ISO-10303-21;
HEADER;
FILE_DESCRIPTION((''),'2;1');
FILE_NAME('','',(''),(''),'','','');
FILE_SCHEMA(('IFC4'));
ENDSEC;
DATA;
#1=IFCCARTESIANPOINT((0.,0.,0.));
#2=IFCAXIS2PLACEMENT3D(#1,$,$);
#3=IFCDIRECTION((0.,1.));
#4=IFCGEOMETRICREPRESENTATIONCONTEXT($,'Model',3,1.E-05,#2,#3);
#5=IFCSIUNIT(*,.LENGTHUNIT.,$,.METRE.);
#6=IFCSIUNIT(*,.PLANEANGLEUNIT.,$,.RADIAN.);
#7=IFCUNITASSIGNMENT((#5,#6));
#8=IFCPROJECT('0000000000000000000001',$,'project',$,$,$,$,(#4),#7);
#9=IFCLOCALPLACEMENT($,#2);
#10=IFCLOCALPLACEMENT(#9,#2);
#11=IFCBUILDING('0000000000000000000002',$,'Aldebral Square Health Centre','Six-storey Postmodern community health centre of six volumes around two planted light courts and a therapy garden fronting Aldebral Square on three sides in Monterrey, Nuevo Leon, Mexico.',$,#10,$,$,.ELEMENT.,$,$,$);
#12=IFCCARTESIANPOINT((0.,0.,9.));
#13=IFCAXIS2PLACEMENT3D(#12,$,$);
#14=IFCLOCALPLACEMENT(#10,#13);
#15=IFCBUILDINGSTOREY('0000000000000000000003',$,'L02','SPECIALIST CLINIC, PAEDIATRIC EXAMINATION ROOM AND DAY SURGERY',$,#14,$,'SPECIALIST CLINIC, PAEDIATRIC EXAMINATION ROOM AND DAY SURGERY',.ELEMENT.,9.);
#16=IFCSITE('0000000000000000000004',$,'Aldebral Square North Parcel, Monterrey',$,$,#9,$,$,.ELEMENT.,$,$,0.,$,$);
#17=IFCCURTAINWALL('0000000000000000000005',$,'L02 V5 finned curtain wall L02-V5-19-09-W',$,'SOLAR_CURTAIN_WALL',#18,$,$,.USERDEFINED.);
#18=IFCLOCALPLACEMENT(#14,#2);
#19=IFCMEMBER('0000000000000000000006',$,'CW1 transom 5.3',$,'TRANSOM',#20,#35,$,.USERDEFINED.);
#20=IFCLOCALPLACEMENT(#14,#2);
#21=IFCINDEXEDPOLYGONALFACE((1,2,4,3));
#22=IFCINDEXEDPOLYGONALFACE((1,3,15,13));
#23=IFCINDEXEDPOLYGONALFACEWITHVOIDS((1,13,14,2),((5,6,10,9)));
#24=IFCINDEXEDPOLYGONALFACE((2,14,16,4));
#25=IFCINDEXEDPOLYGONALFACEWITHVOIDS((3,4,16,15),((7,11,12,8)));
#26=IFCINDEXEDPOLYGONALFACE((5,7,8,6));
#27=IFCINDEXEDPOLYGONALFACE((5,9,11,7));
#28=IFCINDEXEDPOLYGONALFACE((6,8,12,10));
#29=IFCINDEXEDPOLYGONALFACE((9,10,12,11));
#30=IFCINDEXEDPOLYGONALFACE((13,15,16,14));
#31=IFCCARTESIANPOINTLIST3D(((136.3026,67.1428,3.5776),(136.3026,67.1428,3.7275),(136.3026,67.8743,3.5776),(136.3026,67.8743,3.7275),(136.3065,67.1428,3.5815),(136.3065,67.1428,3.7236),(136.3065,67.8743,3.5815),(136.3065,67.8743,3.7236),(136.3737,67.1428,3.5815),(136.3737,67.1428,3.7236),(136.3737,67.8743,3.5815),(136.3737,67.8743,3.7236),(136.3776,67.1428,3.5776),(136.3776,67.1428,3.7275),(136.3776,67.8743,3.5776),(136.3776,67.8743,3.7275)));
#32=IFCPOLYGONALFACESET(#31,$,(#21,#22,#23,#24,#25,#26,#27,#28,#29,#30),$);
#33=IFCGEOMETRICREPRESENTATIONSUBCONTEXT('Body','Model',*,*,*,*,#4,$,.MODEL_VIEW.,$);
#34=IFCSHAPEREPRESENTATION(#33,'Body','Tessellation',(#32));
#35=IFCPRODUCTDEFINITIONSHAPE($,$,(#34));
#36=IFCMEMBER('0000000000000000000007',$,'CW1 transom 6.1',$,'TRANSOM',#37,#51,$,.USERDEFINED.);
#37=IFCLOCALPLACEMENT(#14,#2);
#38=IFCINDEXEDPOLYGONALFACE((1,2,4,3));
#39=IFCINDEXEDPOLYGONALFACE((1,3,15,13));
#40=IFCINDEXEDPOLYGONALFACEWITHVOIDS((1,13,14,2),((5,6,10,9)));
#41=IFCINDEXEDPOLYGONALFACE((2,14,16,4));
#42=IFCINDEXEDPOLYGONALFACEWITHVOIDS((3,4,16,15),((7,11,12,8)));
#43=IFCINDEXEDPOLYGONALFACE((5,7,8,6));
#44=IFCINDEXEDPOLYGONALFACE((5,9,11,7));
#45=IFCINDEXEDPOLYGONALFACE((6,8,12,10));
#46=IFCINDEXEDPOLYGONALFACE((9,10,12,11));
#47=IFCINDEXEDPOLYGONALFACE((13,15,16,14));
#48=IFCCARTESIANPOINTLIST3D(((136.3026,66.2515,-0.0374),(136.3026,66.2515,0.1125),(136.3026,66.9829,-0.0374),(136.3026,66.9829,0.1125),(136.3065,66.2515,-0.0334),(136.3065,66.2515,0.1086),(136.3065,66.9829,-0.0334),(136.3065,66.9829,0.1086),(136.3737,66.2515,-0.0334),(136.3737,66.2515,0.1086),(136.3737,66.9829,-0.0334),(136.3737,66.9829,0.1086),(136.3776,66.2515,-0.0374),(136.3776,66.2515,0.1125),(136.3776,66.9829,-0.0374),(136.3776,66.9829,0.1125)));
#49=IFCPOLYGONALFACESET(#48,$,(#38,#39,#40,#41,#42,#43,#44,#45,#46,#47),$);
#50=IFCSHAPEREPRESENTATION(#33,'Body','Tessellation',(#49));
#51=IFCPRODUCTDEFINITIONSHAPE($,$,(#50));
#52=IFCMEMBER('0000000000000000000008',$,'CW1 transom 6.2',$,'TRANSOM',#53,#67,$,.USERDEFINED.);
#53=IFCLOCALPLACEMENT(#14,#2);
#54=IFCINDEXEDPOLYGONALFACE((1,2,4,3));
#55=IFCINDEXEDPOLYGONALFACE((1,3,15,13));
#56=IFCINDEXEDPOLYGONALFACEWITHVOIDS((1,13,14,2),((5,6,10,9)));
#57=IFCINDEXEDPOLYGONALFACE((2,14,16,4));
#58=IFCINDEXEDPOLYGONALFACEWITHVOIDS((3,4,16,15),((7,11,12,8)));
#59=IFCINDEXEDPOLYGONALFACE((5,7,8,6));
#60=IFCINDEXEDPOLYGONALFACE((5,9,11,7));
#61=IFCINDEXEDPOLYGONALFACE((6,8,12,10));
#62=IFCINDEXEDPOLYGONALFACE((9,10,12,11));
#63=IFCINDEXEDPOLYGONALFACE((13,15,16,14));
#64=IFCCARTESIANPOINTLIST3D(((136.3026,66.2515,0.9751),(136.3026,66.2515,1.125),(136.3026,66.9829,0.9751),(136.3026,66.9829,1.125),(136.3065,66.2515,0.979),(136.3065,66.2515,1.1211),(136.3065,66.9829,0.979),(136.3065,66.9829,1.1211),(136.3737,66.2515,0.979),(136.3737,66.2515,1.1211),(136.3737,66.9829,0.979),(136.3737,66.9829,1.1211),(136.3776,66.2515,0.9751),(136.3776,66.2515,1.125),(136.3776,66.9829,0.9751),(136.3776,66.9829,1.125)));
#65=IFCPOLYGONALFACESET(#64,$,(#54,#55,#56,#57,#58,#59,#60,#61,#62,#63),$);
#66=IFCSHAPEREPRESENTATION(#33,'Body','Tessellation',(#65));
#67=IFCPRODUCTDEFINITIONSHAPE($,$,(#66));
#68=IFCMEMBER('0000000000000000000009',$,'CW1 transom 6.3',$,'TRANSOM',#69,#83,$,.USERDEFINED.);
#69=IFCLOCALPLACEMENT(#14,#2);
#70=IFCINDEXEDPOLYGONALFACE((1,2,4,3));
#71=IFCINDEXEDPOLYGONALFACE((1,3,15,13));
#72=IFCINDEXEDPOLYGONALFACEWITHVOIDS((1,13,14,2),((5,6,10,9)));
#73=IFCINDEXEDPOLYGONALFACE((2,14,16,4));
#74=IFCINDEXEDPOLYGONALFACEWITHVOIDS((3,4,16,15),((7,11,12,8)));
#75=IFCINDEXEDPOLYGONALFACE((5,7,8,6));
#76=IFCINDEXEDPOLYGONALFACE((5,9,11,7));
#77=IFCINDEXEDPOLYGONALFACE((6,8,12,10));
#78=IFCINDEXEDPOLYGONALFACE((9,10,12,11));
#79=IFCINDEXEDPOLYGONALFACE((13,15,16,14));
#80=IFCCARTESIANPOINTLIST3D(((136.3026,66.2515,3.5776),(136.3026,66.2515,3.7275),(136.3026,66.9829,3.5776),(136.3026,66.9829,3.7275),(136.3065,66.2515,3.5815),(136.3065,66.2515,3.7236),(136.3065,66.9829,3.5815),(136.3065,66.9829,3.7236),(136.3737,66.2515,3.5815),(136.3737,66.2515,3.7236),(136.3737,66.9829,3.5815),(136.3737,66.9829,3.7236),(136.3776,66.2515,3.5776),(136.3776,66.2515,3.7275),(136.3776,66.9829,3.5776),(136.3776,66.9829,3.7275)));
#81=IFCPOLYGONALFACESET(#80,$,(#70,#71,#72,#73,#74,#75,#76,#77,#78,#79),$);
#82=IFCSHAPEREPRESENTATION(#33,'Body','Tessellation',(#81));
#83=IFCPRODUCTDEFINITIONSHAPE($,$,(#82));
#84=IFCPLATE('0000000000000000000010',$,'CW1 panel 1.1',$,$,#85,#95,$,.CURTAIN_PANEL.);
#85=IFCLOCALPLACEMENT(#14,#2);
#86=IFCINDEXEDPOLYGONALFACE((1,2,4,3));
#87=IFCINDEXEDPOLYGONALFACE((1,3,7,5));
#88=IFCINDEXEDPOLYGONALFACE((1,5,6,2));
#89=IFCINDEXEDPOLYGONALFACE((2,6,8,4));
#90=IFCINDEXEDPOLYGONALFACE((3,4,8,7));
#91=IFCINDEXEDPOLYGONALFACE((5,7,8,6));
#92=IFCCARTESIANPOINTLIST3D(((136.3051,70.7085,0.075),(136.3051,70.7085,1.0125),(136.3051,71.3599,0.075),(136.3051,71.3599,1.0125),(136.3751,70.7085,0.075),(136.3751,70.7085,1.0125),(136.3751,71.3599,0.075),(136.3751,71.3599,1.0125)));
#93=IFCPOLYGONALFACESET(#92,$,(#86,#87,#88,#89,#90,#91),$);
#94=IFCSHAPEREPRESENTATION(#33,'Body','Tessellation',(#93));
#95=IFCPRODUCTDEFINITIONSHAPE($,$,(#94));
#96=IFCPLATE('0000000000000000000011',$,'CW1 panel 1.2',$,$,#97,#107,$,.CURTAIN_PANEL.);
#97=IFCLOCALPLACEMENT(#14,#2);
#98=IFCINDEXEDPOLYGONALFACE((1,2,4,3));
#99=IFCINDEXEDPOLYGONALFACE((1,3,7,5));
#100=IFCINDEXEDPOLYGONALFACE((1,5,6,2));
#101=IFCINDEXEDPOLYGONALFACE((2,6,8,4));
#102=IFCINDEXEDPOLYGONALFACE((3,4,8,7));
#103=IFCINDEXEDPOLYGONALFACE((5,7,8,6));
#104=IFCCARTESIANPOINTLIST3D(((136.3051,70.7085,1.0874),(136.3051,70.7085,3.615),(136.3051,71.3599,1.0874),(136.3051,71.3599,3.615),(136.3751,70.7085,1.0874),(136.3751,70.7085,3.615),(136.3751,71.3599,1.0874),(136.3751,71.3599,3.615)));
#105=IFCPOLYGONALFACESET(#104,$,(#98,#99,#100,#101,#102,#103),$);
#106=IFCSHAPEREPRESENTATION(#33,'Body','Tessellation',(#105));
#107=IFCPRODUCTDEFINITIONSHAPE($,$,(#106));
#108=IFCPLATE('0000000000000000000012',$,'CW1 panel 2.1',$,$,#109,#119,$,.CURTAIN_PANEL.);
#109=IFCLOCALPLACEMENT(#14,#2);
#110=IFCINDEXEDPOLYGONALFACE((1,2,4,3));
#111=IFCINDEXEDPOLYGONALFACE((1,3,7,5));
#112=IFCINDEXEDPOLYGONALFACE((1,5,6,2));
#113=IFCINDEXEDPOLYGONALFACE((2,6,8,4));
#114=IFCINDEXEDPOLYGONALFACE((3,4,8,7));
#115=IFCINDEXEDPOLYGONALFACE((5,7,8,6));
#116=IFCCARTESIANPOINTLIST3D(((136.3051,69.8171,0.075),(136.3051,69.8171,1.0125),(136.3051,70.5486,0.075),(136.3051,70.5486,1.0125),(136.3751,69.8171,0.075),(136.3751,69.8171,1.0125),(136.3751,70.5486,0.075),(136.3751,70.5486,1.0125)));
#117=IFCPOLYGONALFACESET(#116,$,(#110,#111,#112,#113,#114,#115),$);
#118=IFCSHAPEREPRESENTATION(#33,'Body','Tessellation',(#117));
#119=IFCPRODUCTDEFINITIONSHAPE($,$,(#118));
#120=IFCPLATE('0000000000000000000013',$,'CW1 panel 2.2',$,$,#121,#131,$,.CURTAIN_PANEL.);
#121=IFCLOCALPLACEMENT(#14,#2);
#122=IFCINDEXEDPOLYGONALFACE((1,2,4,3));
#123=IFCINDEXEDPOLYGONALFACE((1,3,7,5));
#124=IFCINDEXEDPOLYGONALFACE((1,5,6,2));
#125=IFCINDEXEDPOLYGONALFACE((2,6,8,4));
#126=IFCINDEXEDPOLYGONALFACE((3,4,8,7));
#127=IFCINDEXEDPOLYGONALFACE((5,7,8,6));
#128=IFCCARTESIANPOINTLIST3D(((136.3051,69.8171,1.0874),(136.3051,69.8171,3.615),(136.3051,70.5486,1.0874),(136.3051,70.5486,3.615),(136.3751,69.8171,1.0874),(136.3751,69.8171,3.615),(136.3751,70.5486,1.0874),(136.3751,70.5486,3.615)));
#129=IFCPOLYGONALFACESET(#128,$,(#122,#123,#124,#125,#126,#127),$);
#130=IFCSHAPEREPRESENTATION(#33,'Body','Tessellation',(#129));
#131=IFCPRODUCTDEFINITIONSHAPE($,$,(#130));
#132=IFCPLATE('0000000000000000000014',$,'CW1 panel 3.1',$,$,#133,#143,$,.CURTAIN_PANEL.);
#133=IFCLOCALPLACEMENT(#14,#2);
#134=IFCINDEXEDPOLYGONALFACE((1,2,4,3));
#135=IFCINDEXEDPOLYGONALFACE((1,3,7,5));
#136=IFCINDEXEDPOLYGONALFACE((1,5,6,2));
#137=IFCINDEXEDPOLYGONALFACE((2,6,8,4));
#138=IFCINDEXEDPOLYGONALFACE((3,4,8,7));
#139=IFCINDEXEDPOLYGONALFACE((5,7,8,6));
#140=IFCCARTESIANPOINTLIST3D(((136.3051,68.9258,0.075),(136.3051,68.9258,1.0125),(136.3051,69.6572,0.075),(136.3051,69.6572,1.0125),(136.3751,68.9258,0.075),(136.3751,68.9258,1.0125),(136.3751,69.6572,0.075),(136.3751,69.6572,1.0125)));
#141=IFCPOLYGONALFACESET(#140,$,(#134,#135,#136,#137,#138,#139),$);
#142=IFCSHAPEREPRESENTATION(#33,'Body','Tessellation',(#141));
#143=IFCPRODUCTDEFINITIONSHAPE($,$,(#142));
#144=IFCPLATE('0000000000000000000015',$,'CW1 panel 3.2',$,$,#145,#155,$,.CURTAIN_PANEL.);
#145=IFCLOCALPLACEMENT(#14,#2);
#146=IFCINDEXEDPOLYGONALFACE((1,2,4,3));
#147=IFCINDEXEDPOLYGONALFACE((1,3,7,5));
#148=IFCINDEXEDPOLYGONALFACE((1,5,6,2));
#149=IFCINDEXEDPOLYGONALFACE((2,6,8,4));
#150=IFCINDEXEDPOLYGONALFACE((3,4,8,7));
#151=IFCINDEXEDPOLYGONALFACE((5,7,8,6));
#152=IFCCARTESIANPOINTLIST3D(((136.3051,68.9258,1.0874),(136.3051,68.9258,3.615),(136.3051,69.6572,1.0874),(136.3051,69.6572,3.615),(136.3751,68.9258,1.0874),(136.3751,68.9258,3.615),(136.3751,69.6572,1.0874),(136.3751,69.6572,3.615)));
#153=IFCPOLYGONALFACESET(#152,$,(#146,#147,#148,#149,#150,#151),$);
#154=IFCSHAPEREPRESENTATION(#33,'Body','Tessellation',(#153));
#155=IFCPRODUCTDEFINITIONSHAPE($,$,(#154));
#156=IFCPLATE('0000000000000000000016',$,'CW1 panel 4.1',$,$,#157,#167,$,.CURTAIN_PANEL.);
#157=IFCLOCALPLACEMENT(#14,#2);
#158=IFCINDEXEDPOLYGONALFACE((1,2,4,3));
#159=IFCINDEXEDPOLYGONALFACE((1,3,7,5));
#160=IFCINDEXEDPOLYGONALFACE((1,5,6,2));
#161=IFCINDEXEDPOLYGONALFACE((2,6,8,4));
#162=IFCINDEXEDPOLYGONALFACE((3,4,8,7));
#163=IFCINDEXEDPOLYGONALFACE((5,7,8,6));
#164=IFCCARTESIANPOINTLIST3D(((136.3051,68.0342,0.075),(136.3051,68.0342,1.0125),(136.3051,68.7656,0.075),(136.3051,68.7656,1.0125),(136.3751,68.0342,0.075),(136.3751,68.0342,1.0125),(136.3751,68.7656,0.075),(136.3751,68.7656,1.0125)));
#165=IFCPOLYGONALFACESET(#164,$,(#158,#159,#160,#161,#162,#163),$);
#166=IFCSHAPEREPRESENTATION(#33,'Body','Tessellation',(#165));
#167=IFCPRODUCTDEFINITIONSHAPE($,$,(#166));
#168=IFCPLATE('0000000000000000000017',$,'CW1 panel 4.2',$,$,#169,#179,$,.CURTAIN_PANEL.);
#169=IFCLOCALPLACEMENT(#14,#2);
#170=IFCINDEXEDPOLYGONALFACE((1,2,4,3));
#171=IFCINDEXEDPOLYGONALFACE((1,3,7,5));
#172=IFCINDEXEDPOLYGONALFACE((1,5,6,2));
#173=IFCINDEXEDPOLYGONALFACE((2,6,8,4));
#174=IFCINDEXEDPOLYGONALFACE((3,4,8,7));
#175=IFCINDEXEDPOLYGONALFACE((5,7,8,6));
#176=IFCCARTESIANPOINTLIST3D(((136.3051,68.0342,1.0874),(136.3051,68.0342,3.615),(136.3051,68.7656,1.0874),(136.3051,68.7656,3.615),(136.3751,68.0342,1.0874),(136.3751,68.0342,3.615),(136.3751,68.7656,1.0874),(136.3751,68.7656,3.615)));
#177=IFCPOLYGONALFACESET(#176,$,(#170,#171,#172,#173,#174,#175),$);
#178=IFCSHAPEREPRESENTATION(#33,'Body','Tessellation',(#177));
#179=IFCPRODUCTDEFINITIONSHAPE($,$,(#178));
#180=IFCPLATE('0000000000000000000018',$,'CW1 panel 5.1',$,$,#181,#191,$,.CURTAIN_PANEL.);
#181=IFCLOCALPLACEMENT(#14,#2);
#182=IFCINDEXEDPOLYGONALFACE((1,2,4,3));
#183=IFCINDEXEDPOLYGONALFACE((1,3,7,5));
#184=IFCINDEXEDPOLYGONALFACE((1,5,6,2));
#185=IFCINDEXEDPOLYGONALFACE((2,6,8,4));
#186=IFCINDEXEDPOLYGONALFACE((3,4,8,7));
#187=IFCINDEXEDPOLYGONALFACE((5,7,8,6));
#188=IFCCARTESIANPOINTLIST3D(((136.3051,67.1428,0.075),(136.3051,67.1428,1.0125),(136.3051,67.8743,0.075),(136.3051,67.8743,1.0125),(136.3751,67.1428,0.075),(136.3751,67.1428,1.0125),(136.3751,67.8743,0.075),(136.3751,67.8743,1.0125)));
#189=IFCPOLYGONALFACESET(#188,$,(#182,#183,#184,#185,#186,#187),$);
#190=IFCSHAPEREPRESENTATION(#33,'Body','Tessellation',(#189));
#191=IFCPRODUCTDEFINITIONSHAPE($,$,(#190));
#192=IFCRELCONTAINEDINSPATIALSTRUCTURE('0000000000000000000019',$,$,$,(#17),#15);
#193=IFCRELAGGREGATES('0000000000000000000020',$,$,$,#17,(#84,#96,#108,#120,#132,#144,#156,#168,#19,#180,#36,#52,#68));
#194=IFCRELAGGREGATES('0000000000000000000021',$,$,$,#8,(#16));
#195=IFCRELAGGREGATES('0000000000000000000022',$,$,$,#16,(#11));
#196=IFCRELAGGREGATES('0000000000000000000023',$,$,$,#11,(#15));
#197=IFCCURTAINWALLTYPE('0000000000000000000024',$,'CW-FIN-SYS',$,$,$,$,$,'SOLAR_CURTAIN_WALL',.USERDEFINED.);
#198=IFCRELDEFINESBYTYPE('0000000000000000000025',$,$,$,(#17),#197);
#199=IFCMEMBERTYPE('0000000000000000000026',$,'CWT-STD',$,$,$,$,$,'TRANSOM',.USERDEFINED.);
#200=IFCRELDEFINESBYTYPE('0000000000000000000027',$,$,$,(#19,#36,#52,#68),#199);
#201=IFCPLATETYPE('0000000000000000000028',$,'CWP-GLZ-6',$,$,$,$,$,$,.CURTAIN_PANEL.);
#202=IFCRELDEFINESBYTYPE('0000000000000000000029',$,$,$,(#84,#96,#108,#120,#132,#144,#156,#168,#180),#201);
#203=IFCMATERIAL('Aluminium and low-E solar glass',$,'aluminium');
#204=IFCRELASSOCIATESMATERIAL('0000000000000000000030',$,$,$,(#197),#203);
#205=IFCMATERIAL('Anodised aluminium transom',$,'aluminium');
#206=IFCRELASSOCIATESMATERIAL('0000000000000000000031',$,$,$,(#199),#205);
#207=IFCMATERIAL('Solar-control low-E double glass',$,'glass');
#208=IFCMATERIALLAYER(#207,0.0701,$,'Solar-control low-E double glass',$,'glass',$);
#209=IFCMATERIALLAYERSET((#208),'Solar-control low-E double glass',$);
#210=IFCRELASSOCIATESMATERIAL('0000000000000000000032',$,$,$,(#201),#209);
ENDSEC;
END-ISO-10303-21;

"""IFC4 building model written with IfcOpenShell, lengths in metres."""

from ifc_helpers import new_model, si_unit, direction, frame, origin, origin_2d, place, context, subcontext, project, spatial, rectangle, hollow_rectangle, extrude, material, layer, layer_set, material_profile, profile_set, type_object, element, aggregate, save


model = new_model("IFC4")

# Units and contexts
model_context = context("Model", 3, precision=1e-05, world=origin(), true_north=direction((0.0, 1.0)))
body_context = subcontext(model_context, "Body", "Model", "MODEL_VIEW")
ifc_project = project(units=[si_unit("LENGTHUNIT", "METRE"), si_unit("PLANEANGLEUNIT", "RADIAN")], contexts=[model_context])

# Site, building, storey
site_placement = place(None, origin())
site = spatial("IfcSite", under=ifc_project, at=site_placement, Name="Aldebral Square North Parcel, Monterrey", CompositionType="ELEMENT", RefElevation=0.0)
building_placement = place(site_placement, origin())
building = spatial("IfcBuilding", under=site, at=building_placement, Name="Aldebral Square Health Centre", Description="Six-storey Postmodern community health centre of six volumes around two planted light courts and a therapy garden fronting Aldebral Square on three sides in Monterrey, Nuevo Leon, Mexico.", CompositionType="ELEMENT")
storey_placement = place(building_placement, frame((0.0, 0.0, 9.0)))
storey = spatial("IfcBuildingStorey", under=building, at=storey_placement, Name="L02", Description="SPECIALIST CLINIC, PAEDIATRIC EXAMINATION ROOM AND DAY SURGERY", LongName="SPECIALIST CLINIC, PAEDIATRIC EXAMINATION ROOM AND DAY SURGERY", CompositionType="ELEMENT", Elevation=9.0)

# Curtain wall, members, plates
ifc_material_1 = material(Name="Aluminium and low-E solar glass", Category="aluminium")
curtain_wall_type = type_object("IfcCurtainWallType", Name="CW-FIN-SYS", ElementType="SOLAR_CURTAIN_WALL", PredefinedType="USERDEFINED", material=ifc_material_1)
curtain_wall_placement = place(storey_placement, origin())
curtain_wall = element("IfcCurtainWall", 1, at=curtain_wall_placement, inside=storey, type_object=curtain_wall_type, Name="L02 V5 finned curtain wall L02-V5-19-09-W", ObjectType="SOLAR_CURTAIN_WALL", PredefinedType="USERDEFINED")
ifc_material_2 = material(Name="Anodised aluminium transom", Category="aluminium")
ifc_material_profile_1 = material_profile(ifc_material_2, hollow_rectangle(XDim=0.075, YDim=0.1499, WallThickness=0.0039, at=origin_2d()), Name="CWT 75x150x4")
ifc_profile_set_1 = profile_set([ifc_material_profile_1], Name="Anodised aluminium transom")
member_type_1 = type_object("IfcMemberType", Name="CWT-STD", ElementType="TRANSOM", PredefinedType="USERDEFINED", material=ifc_profile_set_1)
member_1_placement = place(storey_placement, frame((136.3401, 67.8743, 3.6526), z_axis=(0.0, -1.0, 0.0), x_axis=(1.0, 0.0, 0.0)))
member_1 = element("IfcMember", 2, at=member_1_placement, type_object=member_type_1, Name="CW1 transom 5.3", ObjectType="TRANSOM", PredefinedType="USERDEFINED", context=body_context, shape_type="SweptSolid", body=[
    extrude(hollow_rectangle(XDim=0.075, YDim=0.1499, WallThickness=0.0039, at=origin_2d()), origin(), (0.0, 0.0, 1.0), 0.7314),
])
member_2_placement = place(storey_placement, frame((136.3401, 66.9829, 0.0376), z_axis=(0.0, -1.0, 0.0), x_axis=(1.0, 0.0, 0.0)))
member_2 = element("IfcMember", 3, at=member_2_placement, type_object=member_type_1, Name="CW1 transom 6.1", ObjectType="TRANSOM", PredefinedType="USERDEFINED", context=body_context, shape_type="SweptSolid", body=[
    extrude(hollow_rectangle(XDim=0.075, YDim=0.1499, WallThickness=0.0039, at=origin_2d()), origin(), (0.0, 0.0, 1.0), 0.7314),
])
member_3_placement = place(storey_placement, frame((136.3401, 66.9829, 1.05), z_axis=(0.0, -1.0, 0.0), x_axis=(1.0, 0.0, 0.0)))
member_3 = element("IfcMember", 4, at=member_3_placement, type_object=member_type_1, Name="CW1 transom 6.2", ObjectType="TRANSOM", PredefinedType="USERDEFINED", context=body_context, shape_type="SweptSolid", body=[
    extrude(hollow_rectangle(XDim=0.075, YDim=0.1499, WallThickness=0.0039, at=origin_2d()), origin(), (0.0, 0.0, 1.0), 0.7314),
])
member_4_placement = place(storey_placement, frame((136.3401, 66.9829, 3.6526), z_axis=(0.0, -1.0, 0.0), x_axis=(1.0, 0.0, 0.0)))
member_4 = element("IfcMember", 5, at=member_4_placement, type_object=member_type_1, Name="CW1 transom 6.3", ObjectType="TRANSOM", PredefinedType="USERDEFINED", context=body_context, shape_type="SweptSolid", body=[
    extrude(hollow_rectangle(XDim=0.075, YDim=0.1499, WallThickness=0.0039, at=origin_2d()), origin(), (0.0, 0.0, 1.0), 0.7314),
])
ifc_material_3 = material(Name="Solar-control low-E double glass", Category="glass")
ifc_layer = layer(ifc_material_3, 0.0701, Name="Solar-control low-E double glass", Category="glass")
ifc_layer_set = layer_set([ifc_layer], Name="Solar-control low-E double glass")
plate_type = type_object("IfcPlateType", Name="CWP-GLZ-6", PredefinedType="CURTAIN_PANEL", material=ifc_layer_set)
plate_1_placement = place(storey_placement, frame((136.3401, 71.0342, 0.075), z_axis=(0.0, 0.0, 1.0), x_axis=(0.0, -1.0, 0.0)))
plate_1 = element("IfcPlate", 6, at=plate_1_placement, type_object=plate_type, Name="CW1 panel 1.1", PredefinedType="CURTAIN_PANEL", context=body_context, shape_type="SweptSolid", body=[
    extrude(rectangle(XDim=0.6514, YDim=0.0701, at=origin_2d()), origin(), (0.0, 0.0, 1.0), 0.9375),
])
plate_2_placement = place(storey_placement, frame((136.3401, 71.0342, 1.0874), z_axis=(0.0, 0.0, 1.0), x_axis=(0.0, -1.0, 0.0)))
plate_2 = element("IfcPlate", 7, at=plate_2_placement, type_object=plate_type, Name="CW1 panel 1.2", PredefinedType="CURTAIN_PANEL", context=body_context, shape_type="SweptSolid", body=[
    extrude(rectangle(XDim=0.6514, YDim=0.0701, at=origin_2d()), origin(), (0.0, 0.0, 1.0), 2.5276),
])
plate_3_placement = place(storey_placement, frame((136.3401, 70.1829, 0.075), z_axis=(0.0, 0.0, 1.0), x_axis=(0.0, -1.0, 0.0)))
plate_3 = element("IfcPlate", 8, at=plate_3_placement, type_object=plate_type, Name="CW1 panel 2.1", PredefinedType="CURTAIN_PANEL", context=body_context, shape_type="SweptSolid", body=[
    extrude(rectangle(XDim=0.7314, YDim=0.0701, at=origin_2d()), origin(), (0.0, 0.0, 1.0), 0.9375),
])
plate_4_placement = place(storey_placement, frame((136.3401, 70.1829, 1.0874), z_axis=(0.0, 0.0, 1.0), x_axis=(0.0, -1.0, 0.0)))
plate_4 = element("IfcPlate", 9, at=plate_4_placement, type_object=plate_type, Name="CW1 panel 2.2", PredefinedType="CURTAIN_PANEL", context=body_context, shape_type="SweptSolid", body=[
    extrude(rectangle(XDim=0.7314, YDim=0.0701, at=origin_2d()), origin(), (0.0, 0.0, 1.0), 2.5276),
])
plate_5_placement = place(storey_placement, frame((136.3401, 69.2915, 0.075), z_axis=(0.0, 0.0, 1.0), x_axis=(0.0, -1.0, 0.0)))
plate_5 = element("IfcPlate", 10, at=plate_5_placement, type_object=plate_type, Name="CW1 panel 3.1", PredefinedType="CURTAIN_PANEL", context=body_context, shape_type="SweptSolid", body=[
    extrude(rectangle(XDim=0.7314, YDim=0.0701, at=origin_2d()), origin(), (0.0, 0.0, 1.0), 0.9375),
])
plate_6_placement = place(storey_placement, frame((136.3401, 69.2915, 1.0874), z_axis=(0.0, 0.0, 1.0), x_axis=(0.0, -1.0, 0.0)))
plate_6 = element("IfcPlate", 11, at=plate_6_placement, type_object=plate_type, Name="CW1 panel 3.2", PredefinedType="CURTAIN_PANEL", context=body_context, shape_type="SweptSolid", body=[
    extrude(rectangle(XDim=0.7314, YDim=0.0701, at=origin_2d()), origin(), (0.0, 0.0, 1.0), 2.5276),
])
plate_7_placement = place(storey_placement, frame((136.3401, 68.3999, 0.075), z_axis=(0.0, 0.0, 1.0), x_axis=(0.0, -1.0, 0.0)))
plate_7 = element("IfcPlate", 12, at=plate_7_placement, type_object=plate_type, Name="CW1 panel 4.1", PredefinedType="CURTAIN_PANEL", context=body_context, shape_type="SweptSolid", body=[
    extrude(rectangle(XDim=0.7314, YDim=0.0701, at=origin_2d()), origin(), (0.0, 0.0, 1.0), 0.9375),
])
plate_8_placement = place(storey_placement, frame((136.3401, 68.3999, 1.0874), z_axis=(0.0, 0.0, 1.0), x_axis=(0.0, -1.0, 0.0)))
plate_8 = element("IfcPlate", 13, at=plate_8_placement, type_object=plate_type, Name="CW1 panel 4.2", PredefinedType="CURTAIN_PANEL", context=body_context, shape_type="SweptSolid", body=[
    extrude(rectangle(XDim=0.7314, YDim=0.0701, at=origin_2d()), origin(), (0.0, 0.0, 1.0), 2.5276),
])
plate_9_placement = place(storey_placement, frame((136.3401, 67.5085, 0.075), z_axis=(0.0, 0.0, 1.0), x_axis=(0.0, -1.0, 0.0)))
plate_9 = element("IfcPlate", 14, at=plate_9_placement, type_object=plate_type, Name="CW1 panel 5.1", PredefinedType="CURTAIN_PANEL", context=body_context, shape_type="SweptSolid", body=[
    extrude(rectangle(XDim=0.7314, YDim=0.0701, at=origin_2d()), origin(), (0.0, 0.0, 1.0), 0.9375),
])
aggregate(curtain_wall, [plate_1, plate_2, plate_3, plate_4, plate_5, plate_6, plate_7, plate_8, member_1, plate_9, member_2, member_3, member_4])

save(model, "model.ifc")
